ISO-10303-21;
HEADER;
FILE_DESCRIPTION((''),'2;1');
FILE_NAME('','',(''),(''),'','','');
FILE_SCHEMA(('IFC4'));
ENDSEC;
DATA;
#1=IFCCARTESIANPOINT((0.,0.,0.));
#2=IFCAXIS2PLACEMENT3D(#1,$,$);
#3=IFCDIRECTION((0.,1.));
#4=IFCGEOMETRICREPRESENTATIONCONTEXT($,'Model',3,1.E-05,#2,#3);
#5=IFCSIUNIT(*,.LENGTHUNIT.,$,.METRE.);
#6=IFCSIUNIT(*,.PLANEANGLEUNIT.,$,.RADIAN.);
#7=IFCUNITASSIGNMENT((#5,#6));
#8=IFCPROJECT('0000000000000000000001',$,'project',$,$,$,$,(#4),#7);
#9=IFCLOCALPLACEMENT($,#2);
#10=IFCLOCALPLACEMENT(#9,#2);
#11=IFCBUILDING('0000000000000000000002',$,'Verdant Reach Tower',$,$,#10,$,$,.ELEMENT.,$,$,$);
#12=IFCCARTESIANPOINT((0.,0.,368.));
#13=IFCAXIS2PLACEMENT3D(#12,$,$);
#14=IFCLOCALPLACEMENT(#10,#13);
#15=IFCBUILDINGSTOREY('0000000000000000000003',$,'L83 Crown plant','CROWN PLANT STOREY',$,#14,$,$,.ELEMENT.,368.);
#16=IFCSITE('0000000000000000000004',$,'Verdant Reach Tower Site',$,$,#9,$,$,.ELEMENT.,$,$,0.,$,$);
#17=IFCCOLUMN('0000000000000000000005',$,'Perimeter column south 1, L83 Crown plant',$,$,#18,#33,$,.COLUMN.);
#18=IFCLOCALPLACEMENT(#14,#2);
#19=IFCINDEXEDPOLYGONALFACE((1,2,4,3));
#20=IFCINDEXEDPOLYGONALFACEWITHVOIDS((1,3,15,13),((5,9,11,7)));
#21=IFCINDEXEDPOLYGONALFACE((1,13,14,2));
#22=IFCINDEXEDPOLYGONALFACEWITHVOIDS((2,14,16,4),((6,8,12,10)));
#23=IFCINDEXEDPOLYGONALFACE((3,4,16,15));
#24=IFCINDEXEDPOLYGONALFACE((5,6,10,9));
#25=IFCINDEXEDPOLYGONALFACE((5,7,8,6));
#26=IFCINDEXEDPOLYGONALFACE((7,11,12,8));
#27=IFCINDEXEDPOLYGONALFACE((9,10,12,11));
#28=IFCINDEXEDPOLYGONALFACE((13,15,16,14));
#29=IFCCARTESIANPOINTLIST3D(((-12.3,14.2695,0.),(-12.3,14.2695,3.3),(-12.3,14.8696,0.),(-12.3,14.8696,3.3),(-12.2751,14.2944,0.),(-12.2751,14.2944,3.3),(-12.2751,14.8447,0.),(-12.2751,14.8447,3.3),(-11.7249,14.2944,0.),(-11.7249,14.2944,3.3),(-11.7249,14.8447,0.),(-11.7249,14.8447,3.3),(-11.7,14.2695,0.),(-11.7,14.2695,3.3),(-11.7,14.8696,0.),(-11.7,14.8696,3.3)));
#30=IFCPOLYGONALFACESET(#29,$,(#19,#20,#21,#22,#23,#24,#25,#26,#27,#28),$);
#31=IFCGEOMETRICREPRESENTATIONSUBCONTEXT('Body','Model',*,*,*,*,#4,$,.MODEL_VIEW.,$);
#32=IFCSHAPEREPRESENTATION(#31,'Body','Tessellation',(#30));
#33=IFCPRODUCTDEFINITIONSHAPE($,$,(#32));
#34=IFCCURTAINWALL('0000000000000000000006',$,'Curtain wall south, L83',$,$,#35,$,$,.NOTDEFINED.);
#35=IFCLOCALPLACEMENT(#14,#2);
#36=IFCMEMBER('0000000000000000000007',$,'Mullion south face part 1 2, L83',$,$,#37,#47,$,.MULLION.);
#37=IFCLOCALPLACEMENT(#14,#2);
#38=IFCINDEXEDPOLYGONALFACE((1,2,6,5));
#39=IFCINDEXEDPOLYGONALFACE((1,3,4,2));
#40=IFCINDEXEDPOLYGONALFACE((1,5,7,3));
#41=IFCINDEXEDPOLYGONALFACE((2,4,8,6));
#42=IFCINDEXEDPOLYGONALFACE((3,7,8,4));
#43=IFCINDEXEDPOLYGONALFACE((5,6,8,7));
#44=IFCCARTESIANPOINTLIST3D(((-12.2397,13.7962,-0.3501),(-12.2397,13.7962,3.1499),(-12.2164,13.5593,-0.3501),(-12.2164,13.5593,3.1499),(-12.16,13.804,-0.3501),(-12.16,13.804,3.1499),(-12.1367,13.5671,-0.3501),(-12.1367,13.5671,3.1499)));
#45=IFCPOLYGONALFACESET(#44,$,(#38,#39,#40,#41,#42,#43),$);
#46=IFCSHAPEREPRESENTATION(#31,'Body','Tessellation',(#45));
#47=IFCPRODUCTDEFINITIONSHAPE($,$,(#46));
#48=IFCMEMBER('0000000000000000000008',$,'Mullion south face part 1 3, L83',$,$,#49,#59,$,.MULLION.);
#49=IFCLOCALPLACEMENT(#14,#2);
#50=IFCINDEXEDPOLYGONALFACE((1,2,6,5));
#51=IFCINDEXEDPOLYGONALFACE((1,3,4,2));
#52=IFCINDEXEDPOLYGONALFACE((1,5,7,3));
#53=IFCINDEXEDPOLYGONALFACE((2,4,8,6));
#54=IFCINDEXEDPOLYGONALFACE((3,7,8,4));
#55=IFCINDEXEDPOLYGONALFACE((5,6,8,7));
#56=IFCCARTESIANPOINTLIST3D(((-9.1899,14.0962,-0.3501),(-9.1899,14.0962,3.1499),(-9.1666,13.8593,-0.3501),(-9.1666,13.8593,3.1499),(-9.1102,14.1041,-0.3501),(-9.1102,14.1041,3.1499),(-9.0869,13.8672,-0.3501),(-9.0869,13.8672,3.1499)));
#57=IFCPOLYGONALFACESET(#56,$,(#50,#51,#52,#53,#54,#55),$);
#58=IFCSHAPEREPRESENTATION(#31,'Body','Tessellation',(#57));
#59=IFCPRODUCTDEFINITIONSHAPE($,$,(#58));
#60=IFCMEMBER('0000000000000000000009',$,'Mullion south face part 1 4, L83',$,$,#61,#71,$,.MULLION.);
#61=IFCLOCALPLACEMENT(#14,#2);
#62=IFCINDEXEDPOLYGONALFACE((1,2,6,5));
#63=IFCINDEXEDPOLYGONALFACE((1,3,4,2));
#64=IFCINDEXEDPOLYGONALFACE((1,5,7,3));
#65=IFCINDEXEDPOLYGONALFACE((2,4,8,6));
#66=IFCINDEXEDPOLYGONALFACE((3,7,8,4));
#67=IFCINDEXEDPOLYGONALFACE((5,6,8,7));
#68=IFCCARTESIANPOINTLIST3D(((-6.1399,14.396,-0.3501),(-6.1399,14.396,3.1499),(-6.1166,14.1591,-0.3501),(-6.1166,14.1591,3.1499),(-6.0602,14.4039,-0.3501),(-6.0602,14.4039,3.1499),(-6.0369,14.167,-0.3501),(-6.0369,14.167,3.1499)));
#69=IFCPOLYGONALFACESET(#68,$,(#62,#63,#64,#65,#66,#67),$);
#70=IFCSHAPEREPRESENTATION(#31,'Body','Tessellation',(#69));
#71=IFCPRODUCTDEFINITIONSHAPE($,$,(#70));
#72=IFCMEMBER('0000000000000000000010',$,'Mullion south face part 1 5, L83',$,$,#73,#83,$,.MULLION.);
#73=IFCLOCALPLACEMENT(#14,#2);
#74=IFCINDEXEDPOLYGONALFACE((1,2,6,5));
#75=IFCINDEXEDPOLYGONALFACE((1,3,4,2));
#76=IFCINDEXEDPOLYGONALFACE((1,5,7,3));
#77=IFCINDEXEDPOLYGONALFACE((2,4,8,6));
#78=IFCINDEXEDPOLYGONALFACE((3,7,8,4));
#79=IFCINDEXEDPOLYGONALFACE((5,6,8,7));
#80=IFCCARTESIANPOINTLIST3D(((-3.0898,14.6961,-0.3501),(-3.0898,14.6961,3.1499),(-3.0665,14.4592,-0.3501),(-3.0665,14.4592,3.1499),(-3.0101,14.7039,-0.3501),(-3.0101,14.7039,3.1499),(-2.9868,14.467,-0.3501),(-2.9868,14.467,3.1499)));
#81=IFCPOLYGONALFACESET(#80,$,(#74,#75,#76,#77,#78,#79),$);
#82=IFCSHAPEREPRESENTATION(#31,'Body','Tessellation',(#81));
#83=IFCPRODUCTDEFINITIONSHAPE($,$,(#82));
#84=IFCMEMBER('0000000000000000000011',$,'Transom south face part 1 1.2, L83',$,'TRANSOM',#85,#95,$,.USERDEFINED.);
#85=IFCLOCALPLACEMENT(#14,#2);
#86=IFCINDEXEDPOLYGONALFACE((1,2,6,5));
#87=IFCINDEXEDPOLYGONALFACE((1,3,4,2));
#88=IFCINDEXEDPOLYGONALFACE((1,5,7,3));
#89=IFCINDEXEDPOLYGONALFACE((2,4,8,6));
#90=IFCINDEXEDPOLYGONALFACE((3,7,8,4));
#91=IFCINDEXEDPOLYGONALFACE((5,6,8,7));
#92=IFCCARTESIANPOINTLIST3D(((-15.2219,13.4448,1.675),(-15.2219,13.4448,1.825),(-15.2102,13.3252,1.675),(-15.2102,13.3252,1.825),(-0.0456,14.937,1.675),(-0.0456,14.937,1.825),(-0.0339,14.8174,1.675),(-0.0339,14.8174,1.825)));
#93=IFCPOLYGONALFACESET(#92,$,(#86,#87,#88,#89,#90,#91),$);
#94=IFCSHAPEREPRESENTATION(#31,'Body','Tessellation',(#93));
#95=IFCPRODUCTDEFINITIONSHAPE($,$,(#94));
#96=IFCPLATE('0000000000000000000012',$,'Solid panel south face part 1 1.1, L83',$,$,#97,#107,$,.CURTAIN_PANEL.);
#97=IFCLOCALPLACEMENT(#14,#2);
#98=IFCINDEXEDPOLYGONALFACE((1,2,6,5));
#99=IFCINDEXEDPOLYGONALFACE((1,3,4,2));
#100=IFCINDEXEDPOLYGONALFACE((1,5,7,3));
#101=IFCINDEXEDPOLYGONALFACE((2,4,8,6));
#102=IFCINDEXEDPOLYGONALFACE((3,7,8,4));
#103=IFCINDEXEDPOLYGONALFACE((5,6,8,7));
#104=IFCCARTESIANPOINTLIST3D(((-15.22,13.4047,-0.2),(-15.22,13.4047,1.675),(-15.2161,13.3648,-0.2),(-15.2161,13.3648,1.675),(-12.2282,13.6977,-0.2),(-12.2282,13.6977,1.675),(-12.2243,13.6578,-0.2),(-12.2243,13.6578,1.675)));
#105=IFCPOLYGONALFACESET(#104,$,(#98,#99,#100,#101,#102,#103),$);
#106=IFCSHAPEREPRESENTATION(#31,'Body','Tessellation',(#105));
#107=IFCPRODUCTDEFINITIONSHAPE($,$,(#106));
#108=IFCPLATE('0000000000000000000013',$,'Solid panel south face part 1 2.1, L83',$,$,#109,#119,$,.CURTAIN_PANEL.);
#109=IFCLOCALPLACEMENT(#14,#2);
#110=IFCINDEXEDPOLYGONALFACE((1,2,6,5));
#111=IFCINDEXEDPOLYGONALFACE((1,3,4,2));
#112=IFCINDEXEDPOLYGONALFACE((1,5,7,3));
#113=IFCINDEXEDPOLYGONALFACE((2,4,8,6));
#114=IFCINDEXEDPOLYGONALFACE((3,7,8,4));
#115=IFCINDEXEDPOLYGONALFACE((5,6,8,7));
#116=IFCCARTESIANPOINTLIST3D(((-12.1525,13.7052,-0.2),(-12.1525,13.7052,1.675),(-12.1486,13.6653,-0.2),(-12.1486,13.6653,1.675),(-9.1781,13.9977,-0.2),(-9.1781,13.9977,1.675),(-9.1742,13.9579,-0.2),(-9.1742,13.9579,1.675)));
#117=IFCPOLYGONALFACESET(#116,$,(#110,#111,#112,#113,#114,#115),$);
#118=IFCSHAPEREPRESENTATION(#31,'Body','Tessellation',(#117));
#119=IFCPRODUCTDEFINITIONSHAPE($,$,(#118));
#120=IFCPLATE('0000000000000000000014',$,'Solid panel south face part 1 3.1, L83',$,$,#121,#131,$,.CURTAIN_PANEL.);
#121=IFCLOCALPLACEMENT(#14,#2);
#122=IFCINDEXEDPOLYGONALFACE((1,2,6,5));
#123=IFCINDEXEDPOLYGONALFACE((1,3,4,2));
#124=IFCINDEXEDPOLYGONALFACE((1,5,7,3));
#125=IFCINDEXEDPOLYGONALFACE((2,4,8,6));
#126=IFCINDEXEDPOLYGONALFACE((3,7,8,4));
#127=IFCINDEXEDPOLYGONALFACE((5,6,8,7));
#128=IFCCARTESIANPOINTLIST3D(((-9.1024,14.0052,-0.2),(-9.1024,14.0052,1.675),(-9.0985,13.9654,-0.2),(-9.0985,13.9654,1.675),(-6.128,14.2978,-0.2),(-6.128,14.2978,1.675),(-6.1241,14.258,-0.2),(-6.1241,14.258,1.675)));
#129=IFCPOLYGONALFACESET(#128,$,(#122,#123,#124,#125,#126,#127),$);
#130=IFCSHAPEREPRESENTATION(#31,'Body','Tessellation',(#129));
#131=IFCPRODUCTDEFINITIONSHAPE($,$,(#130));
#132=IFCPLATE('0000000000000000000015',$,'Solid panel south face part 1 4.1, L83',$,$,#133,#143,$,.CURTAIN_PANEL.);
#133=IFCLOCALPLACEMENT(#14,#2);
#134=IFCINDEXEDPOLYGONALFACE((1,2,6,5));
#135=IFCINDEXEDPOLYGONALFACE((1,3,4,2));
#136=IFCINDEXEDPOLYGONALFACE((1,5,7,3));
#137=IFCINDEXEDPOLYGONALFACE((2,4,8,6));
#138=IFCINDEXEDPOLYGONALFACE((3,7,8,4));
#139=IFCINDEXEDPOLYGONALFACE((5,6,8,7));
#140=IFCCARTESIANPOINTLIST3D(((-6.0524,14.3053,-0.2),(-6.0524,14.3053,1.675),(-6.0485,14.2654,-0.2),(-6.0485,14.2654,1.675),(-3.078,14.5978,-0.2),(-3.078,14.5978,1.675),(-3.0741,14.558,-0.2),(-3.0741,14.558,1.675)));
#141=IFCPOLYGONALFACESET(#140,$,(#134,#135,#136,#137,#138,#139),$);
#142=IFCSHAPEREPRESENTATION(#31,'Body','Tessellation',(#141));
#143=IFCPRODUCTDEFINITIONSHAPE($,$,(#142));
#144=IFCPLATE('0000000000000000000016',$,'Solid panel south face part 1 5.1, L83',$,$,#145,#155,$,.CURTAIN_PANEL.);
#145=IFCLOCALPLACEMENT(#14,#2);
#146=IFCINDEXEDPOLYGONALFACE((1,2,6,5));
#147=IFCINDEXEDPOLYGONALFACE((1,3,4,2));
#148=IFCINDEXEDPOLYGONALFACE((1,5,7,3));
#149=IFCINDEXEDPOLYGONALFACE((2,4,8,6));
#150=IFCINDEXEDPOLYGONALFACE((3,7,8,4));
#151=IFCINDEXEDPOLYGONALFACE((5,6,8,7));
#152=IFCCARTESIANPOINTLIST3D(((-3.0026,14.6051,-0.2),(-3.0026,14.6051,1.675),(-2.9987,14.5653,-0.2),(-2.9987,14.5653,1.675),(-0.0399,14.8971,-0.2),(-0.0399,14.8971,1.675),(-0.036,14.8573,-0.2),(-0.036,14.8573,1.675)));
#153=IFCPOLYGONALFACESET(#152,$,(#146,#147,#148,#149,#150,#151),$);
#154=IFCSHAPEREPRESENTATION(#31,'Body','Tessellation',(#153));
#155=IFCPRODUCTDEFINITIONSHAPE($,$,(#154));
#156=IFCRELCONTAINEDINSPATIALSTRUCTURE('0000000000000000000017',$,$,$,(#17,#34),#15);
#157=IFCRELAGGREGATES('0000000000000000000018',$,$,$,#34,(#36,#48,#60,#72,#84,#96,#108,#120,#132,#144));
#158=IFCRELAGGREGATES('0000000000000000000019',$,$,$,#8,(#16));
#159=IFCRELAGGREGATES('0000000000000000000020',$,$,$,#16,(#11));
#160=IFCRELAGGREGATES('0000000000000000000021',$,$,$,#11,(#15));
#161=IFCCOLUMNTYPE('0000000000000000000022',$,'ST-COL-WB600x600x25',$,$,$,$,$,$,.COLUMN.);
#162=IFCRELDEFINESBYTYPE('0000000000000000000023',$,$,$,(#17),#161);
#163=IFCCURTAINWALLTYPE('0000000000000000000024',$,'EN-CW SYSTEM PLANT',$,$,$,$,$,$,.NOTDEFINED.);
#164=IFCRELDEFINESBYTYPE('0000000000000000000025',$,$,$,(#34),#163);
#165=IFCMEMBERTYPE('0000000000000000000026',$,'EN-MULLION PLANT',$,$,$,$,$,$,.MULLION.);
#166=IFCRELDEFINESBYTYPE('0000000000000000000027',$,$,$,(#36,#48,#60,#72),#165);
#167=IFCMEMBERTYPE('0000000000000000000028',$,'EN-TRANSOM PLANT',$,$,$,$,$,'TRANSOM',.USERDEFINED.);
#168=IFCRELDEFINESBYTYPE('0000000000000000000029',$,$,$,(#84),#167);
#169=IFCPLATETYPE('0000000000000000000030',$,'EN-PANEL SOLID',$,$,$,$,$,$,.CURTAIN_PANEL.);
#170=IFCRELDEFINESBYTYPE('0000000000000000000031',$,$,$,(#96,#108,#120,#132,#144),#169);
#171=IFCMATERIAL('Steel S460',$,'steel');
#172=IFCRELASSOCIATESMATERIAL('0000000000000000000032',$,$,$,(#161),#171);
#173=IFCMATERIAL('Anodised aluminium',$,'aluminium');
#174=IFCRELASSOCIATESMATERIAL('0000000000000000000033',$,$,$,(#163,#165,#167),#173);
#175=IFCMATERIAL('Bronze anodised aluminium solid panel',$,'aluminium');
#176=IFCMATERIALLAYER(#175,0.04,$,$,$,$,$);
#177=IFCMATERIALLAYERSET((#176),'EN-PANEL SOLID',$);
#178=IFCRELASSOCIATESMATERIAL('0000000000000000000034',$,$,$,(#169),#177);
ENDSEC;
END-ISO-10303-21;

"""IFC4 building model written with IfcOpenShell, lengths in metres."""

from ifc_helpers import new_model, si_unit, direction, frame, origin, origin_2d, place, context, subcontext, project, spatial, rectangle, hollow_rectangle, extrude, material, layer, layer_set, material_profile, profile_set, type_object, element, aggregate, save


model = new_model("IFC4")

# Units and contexts
model_context = context("Model", 3, precision=1e-05, world=origin(), true_north=direction((0.0, 1.0)))
body_context = subcontext(model_context, "Body", "Model", "MODEL_VIEW")
ifc_project = project(units=[si_unit("LENGTHUNIT", "METRE"), si_unit("PLANEANGLEUNIT", "RADIAN")], contexts=[model_context])

# Site, building, storey
site_placement = place(None, origin())
site = spatial("IfcSite", under=ifc_project, at=site_placement, Name="Verdant Reach Tower Site", CompositionType="ELEMENT", RefElevation=0.0)
building_placement = place(site_placement, origin())
building = spatial("IfcBuilding", under=site, at=building_placement, Name="Verdant Reach Tower", CompositionType="ELEMENT")
storey_placement = place(building_placement, frame((0.0, 0.0, 368.0)))
storey = spatial("IfcBuildingStorey", under=building, at=storey_placement, Name="L83 Crown plant", Description="CROWN PLANT STOREY", CompositionType="ELEMENT", Elevation=368.0)

# Column
ifc_material_1 = material(Name="Steel S460", Category="steel")
ifc_material_profile_1 = material_profile(ifc_material_1, hollow_rectangle(XDim=0.6001, YDim=0.6001, WallThickness=0.0249, at=origin_2d()), Name="WB 600x600x25")
ifc_profile_set_1 = profile_set([ifc_material_profile_1], Name="Steel S460")
column_type = type_object("IfcColumnType", Name="ST-COL-WB600x600x25", PredefinedType="COLUMN", material=ifc_profile_set_1)
column_placement = place(storey_placement, frame((-12.0, 14.5696, 0.0), z_axis=(0.0, 0.0, 1.0), x_axis=(1.0, 0.0, 0.0)))
element("IfcColumn", 1, at=column_placement, inside=storey, type_object=column_type, Name="Perimeter column south 1, L83 Crown plant", PredefinedType="COLUMN", context=body_context, shape_type="SweptSolid", body=[
    extrude(hollow_rectangle(XDim=0.6001, YDim=0.6001, WallThickness=0.0249, at=origin_2d()), origin(), (0.0, 0.0, 1.0), 3.3),
])

# Curtain wall, members, plates
ifc_material_2 = material(Name="Anodised aluminium", Category="aluminium")
curtain_wall_type = type_object("IfcCurtainWallType", Name="EN-CW SYSTEM PLANT", PredefinedType="NOTDEFINED", material=ifc_material_2)
curtain_wall_placement = place(storey_placement, origin())
curtain_wall = element("IfcCurtainWall", 2, at=curtain_wall_placement, inside=storey, type_object=curtain_wall_type, Name="Curtain wall south, L83", PredefinedType="NOTDEFINED")
ifc_material_profile_2 = material_profile(ifc_material_2, rectangle(XDim=0.238, YDim=0.0801, at=origin_2d()), Name="Mullion 80x240")
ifc_profile_set_2 = profile_set([ifc_material_profile_2], Name="Anodised aluminium")
member_type_1 = type_object("IfcMemberType", Name="EN-MULLION PLANT", PredefinedType="MULLION", material=ifc_profile_set_2)
member_1_placement = place(storey_placement, frame((-12.1882, 13.6816, -0.3501), z_axis=(0.0, 0.0, 1.0), x_axis=(0.097888, -0.995197, 0.0)))
member_1 = element("IfcMember", 3, at=member_1_placement, type_object=member_type_1, Name="Mullion south face part 1 2, L83", PredefinedType="MULLION", context=body_context, shape_type="SweptSolid", body=[
    extrude(rectangle(XDim=0.238, YDim=0.0801, at=origin_2d()), origin(), (0.0, 0.0, 1.0), 3.5),
])
member_2_placement = place(storey_placement, frame((-9.1384, 13.9817, -0.3501), z_axis=(0.0, 0.0, 1.0), x_axis=(0.097888, -0.995197, 0.0)))
member_2 = element("IfcMember", 4, at=member_2_placement, type_object=member_type_1, Name="Mullion south face part 1 3, L83", PredefinedType="MULLION", context=body_context, shape_type="SweptSolid", body=[
    extrude(rectangle(XDim=0.238, YDim=0.0801, at=origin_2d()), origin(), (0.0, 0.0, 1.0), 3.5),
])
member_3_placement = place(storey_placement, frame((-6.0884, 14.2815, -0.3501), z_axis=(0.0, 0.0, 1.0), x_axis=(0.097888, -0.995197, 0.0)))
member_3 = element("IfcMember", 5, at=member_3_placement, type_object=member_type_1, Name="Mullion south face part 1 4, L83", PredefinedType="MULLION", context=body_context, shape_type="SweptSolid", body=[
    extrude(rectangle(XDim=0.238, YDim=0.0801, at=origin_2d()), origin(), (0.0, 0.0, 1.0), 3.5),
])
member_4_placement = place(storey_placement, frame((-3.0383, 14.5815, -0.3501), z_axis=(0.0, 0.0, 1.0), x_axis=(0.097888, -0.995197, 0.0)))
member_4 = element("IfcMember", 6, at=member_4_placement, type_object=member_type_1, Name="Mullion south face part 1 5, L83", PredefinedType="MULLION", context=body_context, shape_type="SweptSolid", body=[
    extrude(rectangle(XDim=0.238, YDim=0.0801, at=origin_2d()), origin(), (0.0, 0.0, 1.0), 3.5),
])
ifc_material_profile_3 = material_profile(ifc_material_2, rectangle(XDim=0.1201, YDim=0.1499, at=origin_2d()), Name="Transom 150x120")
ifc_profile_set_3 = profile_set([ifc_material_profile_3], Name="Anodised aluminium")
member_type_2 = type_object("IfcMemberType", Name="EN-TRANSOM PLANT", ElementType="TRANSOM", PredefinedType="USERDEFINED", material=ifc_profile_set_3)
member_5_placement = place(storey_placement, frame((-15.2161, 13.385, 1.75), z_axis=(0.995201, 0.097852, 0.0), x_axis=(-0.097852, 0.995201, 0.0)))
member_5 = element("IfcMember", 7, at=member_5_placement, type_object=member_type_2, Name="Transom south face part 1 1.2, L83", ObjectType="TRANSOM", PredefinedType="USERDEFINED", context=body_context, shape_type="SweptSolid", body=[
    extrude(rectangle(XDim=0.1201, YDim=0.1499, at=origin_2d()), origin(), (0.0, 0.0, 1.0), 15.2495),
])
ifc_material_3 = material(Name="Bronze anodised aluminium solid panel", Category="aluminium")
ifc_layer_1 = layer(ifc_material_3, 0.04)
ifc_layer_set_1 = layer_set([ifc_layer_1], Name="EN-PANEL SOLID")
plate_type = type_object("IfcPlateType", Name="EN-PANEL SOLID", PredefinedType="CURTAIN_PANEL", material=ifc_layer_set_1)
plate_1_placement = place(storey_placement, frame((-13.7222, 13.5312, -0.2), z_axis=(0.0, 0.0, 1.0), x_axis=(0.995238, 0.097473, 0.0)))
plate_1 = element("IfcPlate", 8, at=plate_1_placement, type_object=plate_type, Name="Solid panel south face part 1 1.1, L83", PredefinedType="CURTAIN_PANEL", context=body_context, shape_type="SweptSolid", body=[
    extrude(rectangle(XDim=3.0061, YDim=0.04, at=origin_2d()), origin(), (0.0, 0.0, 1.0), 1.875),
])
plate_2_placement = place(storey_placement, frame((-10.6633, 13.8315, -0.2), z_axis=(0.0, 0.0, 1.0), x_axis=(0.995197, 0.097888, 0.0)))
plate_2 = element("IfcPlate", 9, at=plate_2_placement, type_object=plate_type, Name="Solid panel south face part 1 2.1, L83", PredefinedType="CURTAIN_PANEL", context=body_context, shape_type="SweptSolid", body=[
    extrude(rectangle(XDim=2.9888, YDim=0.04, at=origin_2d()), origin(), (0.0, 0.0, 1.0), 1.875),
])
plate_3_placement = place(storey_placement, frame((-7.6133, 14.1316, -0.2), z_axis=(0.0, 0.0, 1.0), x_axis=(0.995197, 0.097888, 0.0)))
plate_3 = element("IfcPlate", 10, at=plate_3_placement, type_object=plate_type, Name="Solid panel south face part 1 3.1, L83", PredefinedType="CURTAIN_PANEL", context=body_context, shape_type="SweptSolid", body=[
    extrude(rectangle(XDim=2.9888, YDim=0.04, at=origin_2d()), origin(), (0.0, 0.0, 1.0), 1.875),
])
plate_4_placement = place(storey_placement, frame((-4.5632, 14.4316, -0.2), z_axis=(0.0, 0.0, 1.0), x_axis=(0.995197, 0.097888, 0.0)))
plate_4 = element("IfcPlate", 11, at=plate_4_placement, type_object=plate_type, Name="Solid panel south face part 1 4.1, L83", PredefinedType="CURTAIN_PANEL", context=body_context, shape_type="SweptSolid", body=[
    extrude(rectangle(XDim=2.9888, YDim=0.04, at=origin_2d()), origin(), (0.0, 0.0, 1.0), 1.875),
])
plate_5_placement = place(storey_placement, frame((-1.5193, 14.7312, -0.2), z_axis=(0.0, 0.0, 1.0), x_axis=(0.995179, 0.098075, 0.0)))
plate_5 = element("IfcPlate", 12, at=plate_5_placement, type_object=plate_type, Name="Solid panel south face part 1 5.1, L83", PredefinedType="CURTAIN_PANEL", context=body_context, shape_type="SweptSolid", body=[
    extrude(rectangle(XDim=2.9771, YDim=0.04, at=origin_2d()), origin(), (0.0, 0.0, 1.0), 1.875),
])

aggregate(curtain_wall, [member_1, member_2, member_3, member_4, member_5, plate_1, plate_2, plate_3, plate_4, plate_5])

save(model, "model.ifc")
